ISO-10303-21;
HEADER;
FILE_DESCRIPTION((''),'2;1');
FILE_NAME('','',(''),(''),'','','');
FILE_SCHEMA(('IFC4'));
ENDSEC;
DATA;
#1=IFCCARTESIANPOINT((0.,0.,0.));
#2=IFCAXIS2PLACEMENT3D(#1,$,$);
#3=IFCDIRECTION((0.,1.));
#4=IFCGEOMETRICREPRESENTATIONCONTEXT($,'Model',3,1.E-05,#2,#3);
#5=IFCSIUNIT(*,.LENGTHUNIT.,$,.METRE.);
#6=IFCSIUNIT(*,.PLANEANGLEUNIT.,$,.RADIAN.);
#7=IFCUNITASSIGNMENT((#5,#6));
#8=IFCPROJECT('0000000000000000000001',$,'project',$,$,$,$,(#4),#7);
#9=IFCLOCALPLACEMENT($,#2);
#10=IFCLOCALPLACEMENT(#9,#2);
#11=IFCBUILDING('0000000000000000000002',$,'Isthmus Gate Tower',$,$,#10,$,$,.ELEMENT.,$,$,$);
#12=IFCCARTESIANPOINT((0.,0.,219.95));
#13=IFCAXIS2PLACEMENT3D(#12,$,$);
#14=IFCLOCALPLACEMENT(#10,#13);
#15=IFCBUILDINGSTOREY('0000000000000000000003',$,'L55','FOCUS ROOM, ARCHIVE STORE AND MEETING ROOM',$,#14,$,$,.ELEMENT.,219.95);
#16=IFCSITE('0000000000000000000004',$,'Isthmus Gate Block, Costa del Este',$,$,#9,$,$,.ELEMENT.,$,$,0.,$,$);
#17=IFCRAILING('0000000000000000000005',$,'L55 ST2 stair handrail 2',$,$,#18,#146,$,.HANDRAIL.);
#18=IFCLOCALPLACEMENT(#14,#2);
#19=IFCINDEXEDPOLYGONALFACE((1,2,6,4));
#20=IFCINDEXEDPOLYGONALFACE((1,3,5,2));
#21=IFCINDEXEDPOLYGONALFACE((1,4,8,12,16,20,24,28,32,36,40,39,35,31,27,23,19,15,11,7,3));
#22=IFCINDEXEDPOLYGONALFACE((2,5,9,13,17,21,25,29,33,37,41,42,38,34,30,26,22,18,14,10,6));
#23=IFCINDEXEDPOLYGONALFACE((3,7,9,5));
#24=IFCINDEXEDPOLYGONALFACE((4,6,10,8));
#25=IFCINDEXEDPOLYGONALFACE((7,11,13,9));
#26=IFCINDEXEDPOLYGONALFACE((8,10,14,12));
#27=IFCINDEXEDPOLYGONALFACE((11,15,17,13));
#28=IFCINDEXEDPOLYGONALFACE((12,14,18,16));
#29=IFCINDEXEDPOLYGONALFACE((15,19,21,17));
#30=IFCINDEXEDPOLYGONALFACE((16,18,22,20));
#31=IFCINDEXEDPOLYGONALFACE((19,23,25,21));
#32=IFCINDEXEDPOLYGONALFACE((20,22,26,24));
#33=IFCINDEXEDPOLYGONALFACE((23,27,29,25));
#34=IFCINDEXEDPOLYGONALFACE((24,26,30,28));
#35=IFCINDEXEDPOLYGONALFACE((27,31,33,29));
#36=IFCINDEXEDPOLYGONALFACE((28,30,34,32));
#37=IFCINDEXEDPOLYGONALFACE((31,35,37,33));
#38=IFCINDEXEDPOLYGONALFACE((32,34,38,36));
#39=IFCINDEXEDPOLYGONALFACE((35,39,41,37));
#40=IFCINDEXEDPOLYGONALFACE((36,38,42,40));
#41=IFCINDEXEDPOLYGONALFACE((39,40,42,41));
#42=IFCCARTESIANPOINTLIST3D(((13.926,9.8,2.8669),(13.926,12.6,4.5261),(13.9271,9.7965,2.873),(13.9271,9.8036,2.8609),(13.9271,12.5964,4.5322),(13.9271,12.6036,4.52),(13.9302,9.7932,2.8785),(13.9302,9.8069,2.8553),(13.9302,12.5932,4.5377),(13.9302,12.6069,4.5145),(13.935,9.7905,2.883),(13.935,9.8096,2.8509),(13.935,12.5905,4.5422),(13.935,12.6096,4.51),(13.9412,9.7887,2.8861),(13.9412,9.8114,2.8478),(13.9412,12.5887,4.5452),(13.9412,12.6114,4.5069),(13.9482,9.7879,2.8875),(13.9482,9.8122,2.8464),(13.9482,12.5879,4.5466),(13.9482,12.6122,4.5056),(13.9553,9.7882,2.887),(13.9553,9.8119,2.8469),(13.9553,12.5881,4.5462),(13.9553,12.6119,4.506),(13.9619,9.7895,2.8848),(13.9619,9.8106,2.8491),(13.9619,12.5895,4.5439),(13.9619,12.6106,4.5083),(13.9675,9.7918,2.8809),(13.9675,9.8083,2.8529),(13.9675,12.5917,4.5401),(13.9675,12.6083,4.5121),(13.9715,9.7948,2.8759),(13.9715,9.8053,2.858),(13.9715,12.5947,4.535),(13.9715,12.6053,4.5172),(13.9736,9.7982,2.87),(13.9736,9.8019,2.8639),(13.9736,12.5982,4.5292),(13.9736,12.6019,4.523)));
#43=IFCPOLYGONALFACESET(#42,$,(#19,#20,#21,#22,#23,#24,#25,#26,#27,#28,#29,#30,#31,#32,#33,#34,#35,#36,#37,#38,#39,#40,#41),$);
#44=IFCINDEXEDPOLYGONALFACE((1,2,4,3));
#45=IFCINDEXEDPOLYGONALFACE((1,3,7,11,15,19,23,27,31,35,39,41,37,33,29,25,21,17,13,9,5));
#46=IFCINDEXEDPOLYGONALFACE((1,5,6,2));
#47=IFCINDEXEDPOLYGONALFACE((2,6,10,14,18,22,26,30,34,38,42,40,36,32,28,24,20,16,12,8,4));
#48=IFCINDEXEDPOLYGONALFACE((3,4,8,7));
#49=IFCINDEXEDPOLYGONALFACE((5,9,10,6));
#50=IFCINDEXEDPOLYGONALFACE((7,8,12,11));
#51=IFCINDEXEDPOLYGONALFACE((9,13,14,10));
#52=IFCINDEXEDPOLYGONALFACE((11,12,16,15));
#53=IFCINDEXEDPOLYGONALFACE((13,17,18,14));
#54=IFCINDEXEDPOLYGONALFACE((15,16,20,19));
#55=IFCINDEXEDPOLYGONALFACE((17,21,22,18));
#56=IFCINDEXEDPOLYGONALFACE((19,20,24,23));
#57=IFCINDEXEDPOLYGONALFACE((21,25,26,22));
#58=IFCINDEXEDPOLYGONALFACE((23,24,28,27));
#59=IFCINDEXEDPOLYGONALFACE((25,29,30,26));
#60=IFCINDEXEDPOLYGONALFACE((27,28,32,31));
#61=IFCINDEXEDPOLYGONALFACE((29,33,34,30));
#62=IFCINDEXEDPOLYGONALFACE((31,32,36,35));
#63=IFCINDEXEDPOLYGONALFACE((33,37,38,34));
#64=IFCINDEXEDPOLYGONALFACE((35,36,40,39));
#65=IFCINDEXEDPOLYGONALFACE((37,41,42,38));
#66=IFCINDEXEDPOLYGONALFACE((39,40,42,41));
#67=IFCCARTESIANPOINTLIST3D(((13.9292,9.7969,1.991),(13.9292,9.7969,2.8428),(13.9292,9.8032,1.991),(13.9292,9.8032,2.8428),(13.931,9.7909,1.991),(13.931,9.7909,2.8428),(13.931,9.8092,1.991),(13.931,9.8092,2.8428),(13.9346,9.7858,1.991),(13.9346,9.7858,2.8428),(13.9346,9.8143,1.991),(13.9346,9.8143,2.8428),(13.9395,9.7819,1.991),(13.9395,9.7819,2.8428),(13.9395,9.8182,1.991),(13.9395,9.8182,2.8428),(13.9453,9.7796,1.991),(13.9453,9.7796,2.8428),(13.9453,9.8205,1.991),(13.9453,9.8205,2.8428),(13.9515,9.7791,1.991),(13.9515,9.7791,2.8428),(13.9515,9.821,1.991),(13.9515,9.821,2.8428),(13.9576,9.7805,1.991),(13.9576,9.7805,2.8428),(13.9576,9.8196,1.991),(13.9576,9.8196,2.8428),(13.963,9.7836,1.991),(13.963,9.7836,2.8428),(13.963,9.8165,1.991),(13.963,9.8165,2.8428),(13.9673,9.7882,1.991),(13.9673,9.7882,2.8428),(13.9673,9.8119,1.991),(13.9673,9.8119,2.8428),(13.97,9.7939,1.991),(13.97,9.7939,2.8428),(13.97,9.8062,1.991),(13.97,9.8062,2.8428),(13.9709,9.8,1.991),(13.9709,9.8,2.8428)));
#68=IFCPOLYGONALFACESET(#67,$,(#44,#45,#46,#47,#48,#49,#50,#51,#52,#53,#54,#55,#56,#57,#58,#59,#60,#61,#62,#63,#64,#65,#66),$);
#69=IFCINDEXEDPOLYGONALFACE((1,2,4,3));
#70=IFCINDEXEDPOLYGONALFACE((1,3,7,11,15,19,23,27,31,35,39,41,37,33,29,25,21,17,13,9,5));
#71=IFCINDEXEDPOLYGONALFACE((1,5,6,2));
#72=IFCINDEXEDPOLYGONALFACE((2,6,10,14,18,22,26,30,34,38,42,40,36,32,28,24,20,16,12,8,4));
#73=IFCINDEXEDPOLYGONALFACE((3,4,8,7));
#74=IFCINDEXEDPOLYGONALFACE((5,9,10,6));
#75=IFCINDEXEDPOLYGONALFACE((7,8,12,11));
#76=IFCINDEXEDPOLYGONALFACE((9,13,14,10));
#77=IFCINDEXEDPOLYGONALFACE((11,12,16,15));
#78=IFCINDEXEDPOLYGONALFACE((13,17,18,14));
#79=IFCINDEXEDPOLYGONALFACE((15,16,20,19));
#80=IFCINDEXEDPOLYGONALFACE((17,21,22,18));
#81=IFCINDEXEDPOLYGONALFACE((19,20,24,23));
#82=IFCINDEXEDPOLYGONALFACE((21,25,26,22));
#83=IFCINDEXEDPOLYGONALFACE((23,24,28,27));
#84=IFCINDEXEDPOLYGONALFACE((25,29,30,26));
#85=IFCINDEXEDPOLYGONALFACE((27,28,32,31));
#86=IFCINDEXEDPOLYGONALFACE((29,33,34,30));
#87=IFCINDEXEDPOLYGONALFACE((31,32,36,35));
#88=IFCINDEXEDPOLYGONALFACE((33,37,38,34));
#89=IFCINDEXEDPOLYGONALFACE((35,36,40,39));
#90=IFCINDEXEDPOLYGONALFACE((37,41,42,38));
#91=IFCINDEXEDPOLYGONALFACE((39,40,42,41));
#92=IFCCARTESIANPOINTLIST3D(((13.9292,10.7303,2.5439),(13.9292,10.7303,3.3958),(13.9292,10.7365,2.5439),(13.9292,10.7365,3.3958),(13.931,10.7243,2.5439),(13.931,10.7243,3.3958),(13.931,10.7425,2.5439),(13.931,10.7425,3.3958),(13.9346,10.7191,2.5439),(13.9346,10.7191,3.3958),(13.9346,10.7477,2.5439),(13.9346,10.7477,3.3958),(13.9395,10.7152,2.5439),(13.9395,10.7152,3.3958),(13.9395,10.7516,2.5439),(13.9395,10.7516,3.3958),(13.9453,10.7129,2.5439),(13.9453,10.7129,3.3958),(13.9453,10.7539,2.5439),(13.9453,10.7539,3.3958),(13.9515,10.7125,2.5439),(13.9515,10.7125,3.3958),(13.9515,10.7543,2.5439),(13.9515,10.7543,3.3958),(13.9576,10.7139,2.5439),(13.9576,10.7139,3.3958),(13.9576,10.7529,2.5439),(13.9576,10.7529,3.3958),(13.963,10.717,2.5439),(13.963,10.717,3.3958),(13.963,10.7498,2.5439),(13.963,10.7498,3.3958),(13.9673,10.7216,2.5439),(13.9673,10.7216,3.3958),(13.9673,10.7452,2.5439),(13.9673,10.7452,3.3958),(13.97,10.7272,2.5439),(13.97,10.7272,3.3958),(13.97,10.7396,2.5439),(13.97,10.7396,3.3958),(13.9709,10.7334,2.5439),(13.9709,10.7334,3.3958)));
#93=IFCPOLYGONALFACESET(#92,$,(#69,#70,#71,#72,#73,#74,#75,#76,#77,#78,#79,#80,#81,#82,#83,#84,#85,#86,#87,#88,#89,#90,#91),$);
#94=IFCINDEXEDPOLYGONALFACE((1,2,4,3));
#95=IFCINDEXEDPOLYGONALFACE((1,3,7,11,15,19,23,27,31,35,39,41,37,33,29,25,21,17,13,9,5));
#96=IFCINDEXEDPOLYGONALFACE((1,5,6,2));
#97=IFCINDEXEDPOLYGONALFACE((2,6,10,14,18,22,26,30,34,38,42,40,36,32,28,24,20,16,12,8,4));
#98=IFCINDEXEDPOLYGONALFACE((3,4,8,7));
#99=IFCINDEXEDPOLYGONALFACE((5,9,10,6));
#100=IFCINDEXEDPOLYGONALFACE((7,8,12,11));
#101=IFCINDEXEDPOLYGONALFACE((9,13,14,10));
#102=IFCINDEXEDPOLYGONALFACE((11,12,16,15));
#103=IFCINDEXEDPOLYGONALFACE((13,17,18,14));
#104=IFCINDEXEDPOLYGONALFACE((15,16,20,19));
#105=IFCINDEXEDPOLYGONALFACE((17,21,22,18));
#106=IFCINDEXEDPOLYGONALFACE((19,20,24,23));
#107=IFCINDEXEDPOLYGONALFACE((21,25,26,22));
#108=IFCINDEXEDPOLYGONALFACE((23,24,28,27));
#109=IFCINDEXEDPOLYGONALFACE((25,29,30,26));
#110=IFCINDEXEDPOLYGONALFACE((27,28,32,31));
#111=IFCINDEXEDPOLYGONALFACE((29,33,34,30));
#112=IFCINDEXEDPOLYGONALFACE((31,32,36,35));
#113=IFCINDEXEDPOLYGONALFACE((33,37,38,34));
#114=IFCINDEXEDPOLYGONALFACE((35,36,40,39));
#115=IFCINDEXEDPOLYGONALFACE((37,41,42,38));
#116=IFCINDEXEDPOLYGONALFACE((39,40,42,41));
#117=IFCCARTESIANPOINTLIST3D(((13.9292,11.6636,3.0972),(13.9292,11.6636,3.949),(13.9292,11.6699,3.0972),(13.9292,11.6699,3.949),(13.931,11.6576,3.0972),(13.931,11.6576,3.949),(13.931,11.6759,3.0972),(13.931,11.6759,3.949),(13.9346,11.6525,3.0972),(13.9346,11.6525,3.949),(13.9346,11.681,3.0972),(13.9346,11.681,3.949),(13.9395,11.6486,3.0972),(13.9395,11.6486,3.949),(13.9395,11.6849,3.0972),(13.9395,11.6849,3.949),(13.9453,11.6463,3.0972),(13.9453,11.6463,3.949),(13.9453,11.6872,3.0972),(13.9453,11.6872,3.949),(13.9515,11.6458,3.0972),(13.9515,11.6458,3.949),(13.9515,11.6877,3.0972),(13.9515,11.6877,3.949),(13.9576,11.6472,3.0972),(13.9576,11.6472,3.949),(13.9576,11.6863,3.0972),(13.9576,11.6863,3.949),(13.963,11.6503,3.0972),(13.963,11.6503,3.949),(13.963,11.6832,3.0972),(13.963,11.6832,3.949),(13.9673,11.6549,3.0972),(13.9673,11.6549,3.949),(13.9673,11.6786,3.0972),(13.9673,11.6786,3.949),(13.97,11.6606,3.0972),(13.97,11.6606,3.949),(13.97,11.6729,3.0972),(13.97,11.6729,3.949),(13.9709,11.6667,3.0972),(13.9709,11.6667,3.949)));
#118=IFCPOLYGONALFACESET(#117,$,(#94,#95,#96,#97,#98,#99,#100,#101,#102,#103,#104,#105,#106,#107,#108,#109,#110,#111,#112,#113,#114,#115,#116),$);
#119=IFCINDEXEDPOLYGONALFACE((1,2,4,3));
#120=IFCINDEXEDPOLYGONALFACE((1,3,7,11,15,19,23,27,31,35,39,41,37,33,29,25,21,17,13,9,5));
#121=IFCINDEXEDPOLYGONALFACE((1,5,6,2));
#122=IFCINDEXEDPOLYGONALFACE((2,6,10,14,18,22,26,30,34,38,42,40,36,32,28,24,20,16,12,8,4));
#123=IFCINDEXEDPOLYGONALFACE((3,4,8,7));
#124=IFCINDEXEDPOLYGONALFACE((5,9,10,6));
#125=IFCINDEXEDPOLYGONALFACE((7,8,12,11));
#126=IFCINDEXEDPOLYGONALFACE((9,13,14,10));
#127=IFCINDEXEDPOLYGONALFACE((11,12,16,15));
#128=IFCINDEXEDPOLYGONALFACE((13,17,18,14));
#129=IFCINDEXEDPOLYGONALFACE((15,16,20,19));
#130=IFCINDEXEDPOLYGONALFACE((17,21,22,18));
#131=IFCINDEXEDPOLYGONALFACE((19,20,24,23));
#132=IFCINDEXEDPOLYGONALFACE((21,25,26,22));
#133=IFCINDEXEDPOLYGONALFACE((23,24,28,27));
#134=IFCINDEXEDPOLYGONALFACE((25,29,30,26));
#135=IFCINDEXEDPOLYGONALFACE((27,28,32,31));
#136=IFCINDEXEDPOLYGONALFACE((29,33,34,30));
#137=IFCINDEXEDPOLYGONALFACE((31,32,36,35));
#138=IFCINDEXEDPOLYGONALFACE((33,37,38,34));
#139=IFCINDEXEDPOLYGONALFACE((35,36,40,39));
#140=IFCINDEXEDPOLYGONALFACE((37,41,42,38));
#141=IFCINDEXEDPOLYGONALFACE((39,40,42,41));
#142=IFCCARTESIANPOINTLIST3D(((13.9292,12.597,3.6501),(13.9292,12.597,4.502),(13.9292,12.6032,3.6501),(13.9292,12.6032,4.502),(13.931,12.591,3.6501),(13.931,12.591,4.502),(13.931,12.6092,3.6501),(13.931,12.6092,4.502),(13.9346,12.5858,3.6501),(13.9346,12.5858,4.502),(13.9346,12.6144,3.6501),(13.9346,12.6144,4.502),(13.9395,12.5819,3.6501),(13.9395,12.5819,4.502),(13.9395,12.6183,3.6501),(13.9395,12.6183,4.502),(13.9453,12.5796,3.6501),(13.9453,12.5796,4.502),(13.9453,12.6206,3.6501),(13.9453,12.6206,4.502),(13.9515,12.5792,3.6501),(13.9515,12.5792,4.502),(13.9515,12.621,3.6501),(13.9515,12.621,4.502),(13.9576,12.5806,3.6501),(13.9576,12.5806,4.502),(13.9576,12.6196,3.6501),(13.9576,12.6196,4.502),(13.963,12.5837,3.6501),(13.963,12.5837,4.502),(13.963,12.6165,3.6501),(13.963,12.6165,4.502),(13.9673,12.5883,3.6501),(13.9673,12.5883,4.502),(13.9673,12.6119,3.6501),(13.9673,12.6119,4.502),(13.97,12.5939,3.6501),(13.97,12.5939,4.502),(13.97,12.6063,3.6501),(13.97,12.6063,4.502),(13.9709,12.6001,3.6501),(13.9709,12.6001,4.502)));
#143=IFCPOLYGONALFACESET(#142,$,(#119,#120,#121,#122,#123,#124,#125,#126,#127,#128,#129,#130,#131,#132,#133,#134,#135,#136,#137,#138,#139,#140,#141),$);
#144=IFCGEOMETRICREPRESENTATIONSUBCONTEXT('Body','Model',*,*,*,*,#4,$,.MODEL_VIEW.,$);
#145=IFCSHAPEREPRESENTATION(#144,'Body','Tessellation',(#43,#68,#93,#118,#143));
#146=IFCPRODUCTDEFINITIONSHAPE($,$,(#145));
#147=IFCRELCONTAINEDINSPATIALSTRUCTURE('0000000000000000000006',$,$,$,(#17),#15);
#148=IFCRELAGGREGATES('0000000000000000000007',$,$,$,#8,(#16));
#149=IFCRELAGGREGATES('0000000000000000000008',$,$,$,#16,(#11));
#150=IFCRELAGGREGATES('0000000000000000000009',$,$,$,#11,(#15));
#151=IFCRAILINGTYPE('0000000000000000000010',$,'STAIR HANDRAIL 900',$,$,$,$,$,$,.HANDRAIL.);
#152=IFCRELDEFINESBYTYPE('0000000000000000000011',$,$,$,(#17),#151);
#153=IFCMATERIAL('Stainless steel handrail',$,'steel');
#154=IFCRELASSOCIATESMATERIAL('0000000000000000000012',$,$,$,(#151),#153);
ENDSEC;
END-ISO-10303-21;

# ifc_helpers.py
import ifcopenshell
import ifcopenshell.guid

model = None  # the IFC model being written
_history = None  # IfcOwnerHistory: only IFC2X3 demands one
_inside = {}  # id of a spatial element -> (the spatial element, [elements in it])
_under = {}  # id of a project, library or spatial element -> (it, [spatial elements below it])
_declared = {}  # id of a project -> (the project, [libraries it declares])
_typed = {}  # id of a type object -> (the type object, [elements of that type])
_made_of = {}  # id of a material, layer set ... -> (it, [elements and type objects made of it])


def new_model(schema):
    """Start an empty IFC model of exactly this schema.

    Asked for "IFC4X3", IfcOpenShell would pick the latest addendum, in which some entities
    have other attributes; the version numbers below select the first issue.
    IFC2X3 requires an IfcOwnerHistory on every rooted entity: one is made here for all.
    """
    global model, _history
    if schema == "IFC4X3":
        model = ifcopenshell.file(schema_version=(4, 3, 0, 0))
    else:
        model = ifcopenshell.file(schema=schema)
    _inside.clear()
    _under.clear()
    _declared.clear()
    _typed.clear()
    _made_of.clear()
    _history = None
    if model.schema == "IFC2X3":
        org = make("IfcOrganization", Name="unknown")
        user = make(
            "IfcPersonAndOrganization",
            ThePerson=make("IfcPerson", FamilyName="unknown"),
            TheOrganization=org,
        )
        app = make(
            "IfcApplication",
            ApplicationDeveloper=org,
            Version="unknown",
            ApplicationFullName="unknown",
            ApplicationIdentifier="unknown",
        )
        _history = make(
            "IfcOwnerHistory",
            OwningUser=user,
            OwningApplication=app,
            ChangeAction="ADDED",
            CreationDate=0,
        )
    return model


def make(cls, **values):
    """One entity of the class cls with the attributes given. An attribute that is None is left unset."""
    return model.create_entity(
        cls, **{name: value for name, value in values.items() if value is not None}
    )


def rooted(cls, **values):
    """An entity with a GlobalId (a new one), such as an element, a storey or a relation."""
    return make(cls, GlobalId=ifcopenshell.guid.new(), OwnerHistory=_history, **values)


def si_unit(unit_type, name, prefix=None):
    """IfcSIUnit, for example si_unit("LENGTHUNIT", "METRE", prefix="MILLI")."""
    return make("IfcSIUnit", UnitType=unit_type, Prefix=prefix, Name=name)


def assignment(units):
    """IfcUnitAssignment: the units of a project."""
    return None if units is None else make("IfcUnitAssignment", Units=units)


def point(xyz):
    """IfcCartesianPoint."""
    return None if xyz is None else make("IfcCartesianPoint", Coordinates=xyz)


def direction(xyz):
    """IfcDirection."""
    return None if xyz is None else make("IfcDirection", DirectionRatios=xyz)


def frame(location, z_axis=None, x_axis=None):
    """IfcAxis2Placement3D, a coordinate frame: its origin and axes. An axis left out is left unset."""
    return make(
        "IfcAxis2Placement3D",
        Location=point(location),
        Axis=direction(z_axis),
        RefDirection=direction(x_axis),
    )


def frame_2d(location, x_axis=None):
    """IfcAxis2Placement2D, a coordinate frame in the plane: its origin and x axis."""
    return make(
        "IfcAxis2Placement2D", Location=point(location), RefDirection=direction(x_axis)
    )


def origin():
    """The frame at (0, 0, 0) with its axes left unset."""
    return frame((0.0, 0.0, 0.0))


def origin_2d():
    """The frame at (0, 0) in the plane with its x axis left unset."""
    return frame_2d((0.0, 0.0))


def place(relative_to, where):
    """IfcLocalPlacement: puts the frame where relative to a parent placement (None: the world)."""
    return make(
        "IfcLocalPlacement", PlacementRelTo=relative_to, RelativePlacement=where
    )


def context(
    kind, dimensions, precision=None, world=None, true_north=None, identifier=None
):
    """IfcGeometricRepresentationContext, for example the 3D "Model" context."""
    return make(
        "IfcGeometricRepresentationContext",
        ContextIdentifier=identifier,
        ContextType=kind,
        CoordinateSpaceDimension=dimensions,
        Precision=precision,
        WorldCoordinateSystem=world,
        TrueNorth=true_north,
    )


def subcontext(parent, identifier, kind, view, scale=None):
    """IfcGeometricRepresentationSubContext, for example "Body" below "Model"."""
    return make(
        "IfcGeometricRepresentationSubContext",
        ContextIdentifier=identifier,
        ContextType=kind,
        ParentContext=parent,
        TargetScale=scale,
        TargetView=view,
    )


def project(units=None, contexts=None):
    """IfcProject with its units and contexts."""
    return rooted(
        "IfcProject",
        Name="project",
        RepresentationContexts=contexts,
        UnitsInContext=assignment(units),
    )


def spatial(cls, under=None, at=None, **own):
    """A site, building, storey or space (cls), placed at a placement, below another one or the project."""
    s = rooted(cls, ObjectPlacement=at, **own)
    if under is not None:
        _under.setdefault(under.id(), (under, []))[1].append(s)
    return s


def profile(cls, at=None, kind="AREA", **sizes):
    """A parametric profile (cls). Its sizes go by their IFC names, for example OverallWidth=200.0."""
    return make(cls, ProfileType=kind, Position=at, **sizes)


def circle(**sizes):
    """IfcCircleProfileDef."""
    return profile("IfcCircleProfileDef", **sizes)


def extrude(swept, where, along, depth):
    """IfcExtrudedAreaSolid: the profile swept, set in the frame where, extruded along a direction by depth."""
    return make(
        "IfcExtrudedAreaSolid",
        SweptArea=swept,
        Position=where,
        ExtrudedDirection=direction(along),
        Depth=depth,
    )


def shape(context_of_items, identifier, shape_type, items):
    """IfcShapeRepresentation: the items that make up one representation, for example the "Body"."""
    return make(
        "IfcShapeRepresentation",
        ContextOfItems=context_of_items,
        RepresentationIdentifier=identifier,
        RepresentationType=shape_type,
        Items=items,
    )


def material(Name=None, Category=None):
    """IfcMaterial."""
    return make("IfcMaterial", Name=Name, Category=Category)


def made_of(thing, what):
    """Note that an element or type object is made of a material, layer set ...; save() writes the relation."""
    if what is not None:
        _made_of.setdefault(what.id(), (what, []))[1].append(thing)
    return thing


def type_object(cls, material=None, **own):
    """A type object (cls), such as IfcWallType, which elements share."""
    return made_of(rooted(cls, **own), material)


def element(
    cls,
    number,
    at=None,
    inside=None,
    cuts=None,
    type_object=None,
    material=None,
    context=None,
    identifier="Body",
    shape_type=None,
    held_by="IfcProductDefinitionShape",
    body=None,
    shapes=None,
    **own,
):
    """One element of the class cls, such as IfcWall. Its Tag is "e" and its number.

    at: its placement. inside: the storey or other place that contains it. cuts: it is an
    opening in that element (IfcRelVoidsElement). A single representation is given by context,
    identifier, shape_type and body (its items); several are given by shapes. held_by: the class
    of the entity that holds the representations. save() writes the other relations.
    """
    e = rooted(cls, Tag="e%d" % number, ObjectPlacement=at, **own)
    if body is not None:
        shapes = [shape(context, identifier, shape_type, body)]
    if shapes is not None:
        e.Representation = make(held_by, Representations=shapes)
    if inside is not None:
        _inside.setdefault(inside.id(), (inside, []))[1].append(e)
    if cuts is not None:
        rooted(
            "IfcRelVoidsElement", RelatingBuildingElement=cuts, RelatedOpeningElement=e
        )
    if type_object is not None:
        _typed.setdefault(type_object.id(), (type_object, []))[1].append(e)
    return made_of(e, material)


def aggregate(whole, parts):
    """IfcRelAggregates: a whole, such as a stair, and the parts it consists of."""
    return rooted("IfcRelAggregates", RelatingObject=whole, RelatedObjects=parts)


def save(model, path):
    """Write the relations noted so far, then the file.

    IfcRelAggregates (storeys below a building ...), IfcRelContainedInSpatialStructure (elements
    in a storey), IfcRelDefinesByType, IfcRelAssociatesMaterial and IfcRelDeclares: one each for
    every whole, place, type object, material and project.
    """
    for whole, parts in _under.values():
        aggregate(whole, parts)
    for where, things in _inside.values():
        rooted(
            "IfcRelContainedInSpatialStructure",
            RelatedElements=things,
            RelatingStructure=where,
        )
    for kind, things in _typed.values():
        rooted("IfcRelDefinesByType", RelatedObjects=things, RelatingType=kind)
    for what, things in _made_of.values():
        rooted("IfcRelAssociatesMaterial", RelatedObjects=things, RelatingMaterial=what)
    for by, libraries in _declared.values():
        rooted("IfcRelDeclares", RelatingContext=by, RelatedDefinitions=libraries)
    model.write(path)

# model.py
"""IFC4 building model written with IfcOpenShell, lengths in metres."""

from ifc_helpers import new_model, si_unit, direction, frame, origin, origin_2d, place, context, subcontext, project, spatial, circle, extrude, material, type_object, element, save


model = new_model("IFC4")

# Units and contexts
model_context = context("Model", 3, precision=1e-05, world=origin(), true_north=direction((0.0, 1.0)))
body_context = subcontext(model_context, "Body", "Model", "MODEL_VIEW")
ifc_project = project(units=[si_unit("LENGTHUNIT", "METRE"), si_unit("PLANEANGLEUNIT", "RADIAN")], contexts=[model_context])

# Site, building, storey
site_placement = place(None, origin())
site = spatial("IfcSite", under=ifc_project, at=site_placement, Name="Isthmus Gate Block, Costa del Este", CompositionType="ELEMENT", RefElevation=0.0)
building_placement = place(site_placement, origin())
building = spatial("IfcBuilding", under=site, at=building_placement, Name="Isthmus Gate Tower", CompositionType="ELEMENT")
storey_placement = place(building_placement, frame((0.0, 0.0, 219.95)))
storey = spatial("IfcBuildingStorey", under=building, at=storey_placement, Name="L55", Description="FOCUS ROOM, ARCHIVE STORE AND MEETING ROOM", CompositionType="ELEMENT", Elevation=219.95)

# Railing
ifc_material_1 = material(Name="Stainless steel handrail", Category="steel")
railing_type_1 = type_object("IfcRailingType", Name="STAIR HANDRAIL 900", PredefinedType="HANDRAIL", material=ifc_material_1)
railing_1_placement = place(storey_placement, frame((13.95, 9.8, 1.991)))
element("IfcRailing", 1, at=railing_1_placement, inside=storey, type_object=railing_type_1, Name="L55 ST2 stair handrail 2", PredefinedType="HANDRAIL", context=body_context, shape_type="SweptSolid", body=[
    extrude(circle(Radius=0.0239, at=origin_2d()), frame((0.0, 0.0, 0.876), z_axis=(0.0, 0.860306, 0.509778), x_axis=(-1.0, 0.0, 0.0)), (0.0, 0.0, 1.0), 3.2546),
    extrude(circle(Radius=0.021, at=origin_2d()), origin(), (0.0, 0.0, 1.0), 0.8518),
    extrude(circle(Radius=0.021, at=origin_2d()), frame((0.0, 0.9333, 0.553)), (0.0, 0.0, 1.0), 0.8518),
    extrude(circle(Radius=0.021, at=origin_2d()), frame((0.0, 1.8667, 1.1062)), (0.0, 0.0, 1.0), 0.8518),
    extrude(circle(Radius=0.021, at=origin_2d()), frame((0.0, 2.8, 1.6592)), (0.0, 0.0, 1.0), 0.8518),
])

save(model, "model.ifc")
